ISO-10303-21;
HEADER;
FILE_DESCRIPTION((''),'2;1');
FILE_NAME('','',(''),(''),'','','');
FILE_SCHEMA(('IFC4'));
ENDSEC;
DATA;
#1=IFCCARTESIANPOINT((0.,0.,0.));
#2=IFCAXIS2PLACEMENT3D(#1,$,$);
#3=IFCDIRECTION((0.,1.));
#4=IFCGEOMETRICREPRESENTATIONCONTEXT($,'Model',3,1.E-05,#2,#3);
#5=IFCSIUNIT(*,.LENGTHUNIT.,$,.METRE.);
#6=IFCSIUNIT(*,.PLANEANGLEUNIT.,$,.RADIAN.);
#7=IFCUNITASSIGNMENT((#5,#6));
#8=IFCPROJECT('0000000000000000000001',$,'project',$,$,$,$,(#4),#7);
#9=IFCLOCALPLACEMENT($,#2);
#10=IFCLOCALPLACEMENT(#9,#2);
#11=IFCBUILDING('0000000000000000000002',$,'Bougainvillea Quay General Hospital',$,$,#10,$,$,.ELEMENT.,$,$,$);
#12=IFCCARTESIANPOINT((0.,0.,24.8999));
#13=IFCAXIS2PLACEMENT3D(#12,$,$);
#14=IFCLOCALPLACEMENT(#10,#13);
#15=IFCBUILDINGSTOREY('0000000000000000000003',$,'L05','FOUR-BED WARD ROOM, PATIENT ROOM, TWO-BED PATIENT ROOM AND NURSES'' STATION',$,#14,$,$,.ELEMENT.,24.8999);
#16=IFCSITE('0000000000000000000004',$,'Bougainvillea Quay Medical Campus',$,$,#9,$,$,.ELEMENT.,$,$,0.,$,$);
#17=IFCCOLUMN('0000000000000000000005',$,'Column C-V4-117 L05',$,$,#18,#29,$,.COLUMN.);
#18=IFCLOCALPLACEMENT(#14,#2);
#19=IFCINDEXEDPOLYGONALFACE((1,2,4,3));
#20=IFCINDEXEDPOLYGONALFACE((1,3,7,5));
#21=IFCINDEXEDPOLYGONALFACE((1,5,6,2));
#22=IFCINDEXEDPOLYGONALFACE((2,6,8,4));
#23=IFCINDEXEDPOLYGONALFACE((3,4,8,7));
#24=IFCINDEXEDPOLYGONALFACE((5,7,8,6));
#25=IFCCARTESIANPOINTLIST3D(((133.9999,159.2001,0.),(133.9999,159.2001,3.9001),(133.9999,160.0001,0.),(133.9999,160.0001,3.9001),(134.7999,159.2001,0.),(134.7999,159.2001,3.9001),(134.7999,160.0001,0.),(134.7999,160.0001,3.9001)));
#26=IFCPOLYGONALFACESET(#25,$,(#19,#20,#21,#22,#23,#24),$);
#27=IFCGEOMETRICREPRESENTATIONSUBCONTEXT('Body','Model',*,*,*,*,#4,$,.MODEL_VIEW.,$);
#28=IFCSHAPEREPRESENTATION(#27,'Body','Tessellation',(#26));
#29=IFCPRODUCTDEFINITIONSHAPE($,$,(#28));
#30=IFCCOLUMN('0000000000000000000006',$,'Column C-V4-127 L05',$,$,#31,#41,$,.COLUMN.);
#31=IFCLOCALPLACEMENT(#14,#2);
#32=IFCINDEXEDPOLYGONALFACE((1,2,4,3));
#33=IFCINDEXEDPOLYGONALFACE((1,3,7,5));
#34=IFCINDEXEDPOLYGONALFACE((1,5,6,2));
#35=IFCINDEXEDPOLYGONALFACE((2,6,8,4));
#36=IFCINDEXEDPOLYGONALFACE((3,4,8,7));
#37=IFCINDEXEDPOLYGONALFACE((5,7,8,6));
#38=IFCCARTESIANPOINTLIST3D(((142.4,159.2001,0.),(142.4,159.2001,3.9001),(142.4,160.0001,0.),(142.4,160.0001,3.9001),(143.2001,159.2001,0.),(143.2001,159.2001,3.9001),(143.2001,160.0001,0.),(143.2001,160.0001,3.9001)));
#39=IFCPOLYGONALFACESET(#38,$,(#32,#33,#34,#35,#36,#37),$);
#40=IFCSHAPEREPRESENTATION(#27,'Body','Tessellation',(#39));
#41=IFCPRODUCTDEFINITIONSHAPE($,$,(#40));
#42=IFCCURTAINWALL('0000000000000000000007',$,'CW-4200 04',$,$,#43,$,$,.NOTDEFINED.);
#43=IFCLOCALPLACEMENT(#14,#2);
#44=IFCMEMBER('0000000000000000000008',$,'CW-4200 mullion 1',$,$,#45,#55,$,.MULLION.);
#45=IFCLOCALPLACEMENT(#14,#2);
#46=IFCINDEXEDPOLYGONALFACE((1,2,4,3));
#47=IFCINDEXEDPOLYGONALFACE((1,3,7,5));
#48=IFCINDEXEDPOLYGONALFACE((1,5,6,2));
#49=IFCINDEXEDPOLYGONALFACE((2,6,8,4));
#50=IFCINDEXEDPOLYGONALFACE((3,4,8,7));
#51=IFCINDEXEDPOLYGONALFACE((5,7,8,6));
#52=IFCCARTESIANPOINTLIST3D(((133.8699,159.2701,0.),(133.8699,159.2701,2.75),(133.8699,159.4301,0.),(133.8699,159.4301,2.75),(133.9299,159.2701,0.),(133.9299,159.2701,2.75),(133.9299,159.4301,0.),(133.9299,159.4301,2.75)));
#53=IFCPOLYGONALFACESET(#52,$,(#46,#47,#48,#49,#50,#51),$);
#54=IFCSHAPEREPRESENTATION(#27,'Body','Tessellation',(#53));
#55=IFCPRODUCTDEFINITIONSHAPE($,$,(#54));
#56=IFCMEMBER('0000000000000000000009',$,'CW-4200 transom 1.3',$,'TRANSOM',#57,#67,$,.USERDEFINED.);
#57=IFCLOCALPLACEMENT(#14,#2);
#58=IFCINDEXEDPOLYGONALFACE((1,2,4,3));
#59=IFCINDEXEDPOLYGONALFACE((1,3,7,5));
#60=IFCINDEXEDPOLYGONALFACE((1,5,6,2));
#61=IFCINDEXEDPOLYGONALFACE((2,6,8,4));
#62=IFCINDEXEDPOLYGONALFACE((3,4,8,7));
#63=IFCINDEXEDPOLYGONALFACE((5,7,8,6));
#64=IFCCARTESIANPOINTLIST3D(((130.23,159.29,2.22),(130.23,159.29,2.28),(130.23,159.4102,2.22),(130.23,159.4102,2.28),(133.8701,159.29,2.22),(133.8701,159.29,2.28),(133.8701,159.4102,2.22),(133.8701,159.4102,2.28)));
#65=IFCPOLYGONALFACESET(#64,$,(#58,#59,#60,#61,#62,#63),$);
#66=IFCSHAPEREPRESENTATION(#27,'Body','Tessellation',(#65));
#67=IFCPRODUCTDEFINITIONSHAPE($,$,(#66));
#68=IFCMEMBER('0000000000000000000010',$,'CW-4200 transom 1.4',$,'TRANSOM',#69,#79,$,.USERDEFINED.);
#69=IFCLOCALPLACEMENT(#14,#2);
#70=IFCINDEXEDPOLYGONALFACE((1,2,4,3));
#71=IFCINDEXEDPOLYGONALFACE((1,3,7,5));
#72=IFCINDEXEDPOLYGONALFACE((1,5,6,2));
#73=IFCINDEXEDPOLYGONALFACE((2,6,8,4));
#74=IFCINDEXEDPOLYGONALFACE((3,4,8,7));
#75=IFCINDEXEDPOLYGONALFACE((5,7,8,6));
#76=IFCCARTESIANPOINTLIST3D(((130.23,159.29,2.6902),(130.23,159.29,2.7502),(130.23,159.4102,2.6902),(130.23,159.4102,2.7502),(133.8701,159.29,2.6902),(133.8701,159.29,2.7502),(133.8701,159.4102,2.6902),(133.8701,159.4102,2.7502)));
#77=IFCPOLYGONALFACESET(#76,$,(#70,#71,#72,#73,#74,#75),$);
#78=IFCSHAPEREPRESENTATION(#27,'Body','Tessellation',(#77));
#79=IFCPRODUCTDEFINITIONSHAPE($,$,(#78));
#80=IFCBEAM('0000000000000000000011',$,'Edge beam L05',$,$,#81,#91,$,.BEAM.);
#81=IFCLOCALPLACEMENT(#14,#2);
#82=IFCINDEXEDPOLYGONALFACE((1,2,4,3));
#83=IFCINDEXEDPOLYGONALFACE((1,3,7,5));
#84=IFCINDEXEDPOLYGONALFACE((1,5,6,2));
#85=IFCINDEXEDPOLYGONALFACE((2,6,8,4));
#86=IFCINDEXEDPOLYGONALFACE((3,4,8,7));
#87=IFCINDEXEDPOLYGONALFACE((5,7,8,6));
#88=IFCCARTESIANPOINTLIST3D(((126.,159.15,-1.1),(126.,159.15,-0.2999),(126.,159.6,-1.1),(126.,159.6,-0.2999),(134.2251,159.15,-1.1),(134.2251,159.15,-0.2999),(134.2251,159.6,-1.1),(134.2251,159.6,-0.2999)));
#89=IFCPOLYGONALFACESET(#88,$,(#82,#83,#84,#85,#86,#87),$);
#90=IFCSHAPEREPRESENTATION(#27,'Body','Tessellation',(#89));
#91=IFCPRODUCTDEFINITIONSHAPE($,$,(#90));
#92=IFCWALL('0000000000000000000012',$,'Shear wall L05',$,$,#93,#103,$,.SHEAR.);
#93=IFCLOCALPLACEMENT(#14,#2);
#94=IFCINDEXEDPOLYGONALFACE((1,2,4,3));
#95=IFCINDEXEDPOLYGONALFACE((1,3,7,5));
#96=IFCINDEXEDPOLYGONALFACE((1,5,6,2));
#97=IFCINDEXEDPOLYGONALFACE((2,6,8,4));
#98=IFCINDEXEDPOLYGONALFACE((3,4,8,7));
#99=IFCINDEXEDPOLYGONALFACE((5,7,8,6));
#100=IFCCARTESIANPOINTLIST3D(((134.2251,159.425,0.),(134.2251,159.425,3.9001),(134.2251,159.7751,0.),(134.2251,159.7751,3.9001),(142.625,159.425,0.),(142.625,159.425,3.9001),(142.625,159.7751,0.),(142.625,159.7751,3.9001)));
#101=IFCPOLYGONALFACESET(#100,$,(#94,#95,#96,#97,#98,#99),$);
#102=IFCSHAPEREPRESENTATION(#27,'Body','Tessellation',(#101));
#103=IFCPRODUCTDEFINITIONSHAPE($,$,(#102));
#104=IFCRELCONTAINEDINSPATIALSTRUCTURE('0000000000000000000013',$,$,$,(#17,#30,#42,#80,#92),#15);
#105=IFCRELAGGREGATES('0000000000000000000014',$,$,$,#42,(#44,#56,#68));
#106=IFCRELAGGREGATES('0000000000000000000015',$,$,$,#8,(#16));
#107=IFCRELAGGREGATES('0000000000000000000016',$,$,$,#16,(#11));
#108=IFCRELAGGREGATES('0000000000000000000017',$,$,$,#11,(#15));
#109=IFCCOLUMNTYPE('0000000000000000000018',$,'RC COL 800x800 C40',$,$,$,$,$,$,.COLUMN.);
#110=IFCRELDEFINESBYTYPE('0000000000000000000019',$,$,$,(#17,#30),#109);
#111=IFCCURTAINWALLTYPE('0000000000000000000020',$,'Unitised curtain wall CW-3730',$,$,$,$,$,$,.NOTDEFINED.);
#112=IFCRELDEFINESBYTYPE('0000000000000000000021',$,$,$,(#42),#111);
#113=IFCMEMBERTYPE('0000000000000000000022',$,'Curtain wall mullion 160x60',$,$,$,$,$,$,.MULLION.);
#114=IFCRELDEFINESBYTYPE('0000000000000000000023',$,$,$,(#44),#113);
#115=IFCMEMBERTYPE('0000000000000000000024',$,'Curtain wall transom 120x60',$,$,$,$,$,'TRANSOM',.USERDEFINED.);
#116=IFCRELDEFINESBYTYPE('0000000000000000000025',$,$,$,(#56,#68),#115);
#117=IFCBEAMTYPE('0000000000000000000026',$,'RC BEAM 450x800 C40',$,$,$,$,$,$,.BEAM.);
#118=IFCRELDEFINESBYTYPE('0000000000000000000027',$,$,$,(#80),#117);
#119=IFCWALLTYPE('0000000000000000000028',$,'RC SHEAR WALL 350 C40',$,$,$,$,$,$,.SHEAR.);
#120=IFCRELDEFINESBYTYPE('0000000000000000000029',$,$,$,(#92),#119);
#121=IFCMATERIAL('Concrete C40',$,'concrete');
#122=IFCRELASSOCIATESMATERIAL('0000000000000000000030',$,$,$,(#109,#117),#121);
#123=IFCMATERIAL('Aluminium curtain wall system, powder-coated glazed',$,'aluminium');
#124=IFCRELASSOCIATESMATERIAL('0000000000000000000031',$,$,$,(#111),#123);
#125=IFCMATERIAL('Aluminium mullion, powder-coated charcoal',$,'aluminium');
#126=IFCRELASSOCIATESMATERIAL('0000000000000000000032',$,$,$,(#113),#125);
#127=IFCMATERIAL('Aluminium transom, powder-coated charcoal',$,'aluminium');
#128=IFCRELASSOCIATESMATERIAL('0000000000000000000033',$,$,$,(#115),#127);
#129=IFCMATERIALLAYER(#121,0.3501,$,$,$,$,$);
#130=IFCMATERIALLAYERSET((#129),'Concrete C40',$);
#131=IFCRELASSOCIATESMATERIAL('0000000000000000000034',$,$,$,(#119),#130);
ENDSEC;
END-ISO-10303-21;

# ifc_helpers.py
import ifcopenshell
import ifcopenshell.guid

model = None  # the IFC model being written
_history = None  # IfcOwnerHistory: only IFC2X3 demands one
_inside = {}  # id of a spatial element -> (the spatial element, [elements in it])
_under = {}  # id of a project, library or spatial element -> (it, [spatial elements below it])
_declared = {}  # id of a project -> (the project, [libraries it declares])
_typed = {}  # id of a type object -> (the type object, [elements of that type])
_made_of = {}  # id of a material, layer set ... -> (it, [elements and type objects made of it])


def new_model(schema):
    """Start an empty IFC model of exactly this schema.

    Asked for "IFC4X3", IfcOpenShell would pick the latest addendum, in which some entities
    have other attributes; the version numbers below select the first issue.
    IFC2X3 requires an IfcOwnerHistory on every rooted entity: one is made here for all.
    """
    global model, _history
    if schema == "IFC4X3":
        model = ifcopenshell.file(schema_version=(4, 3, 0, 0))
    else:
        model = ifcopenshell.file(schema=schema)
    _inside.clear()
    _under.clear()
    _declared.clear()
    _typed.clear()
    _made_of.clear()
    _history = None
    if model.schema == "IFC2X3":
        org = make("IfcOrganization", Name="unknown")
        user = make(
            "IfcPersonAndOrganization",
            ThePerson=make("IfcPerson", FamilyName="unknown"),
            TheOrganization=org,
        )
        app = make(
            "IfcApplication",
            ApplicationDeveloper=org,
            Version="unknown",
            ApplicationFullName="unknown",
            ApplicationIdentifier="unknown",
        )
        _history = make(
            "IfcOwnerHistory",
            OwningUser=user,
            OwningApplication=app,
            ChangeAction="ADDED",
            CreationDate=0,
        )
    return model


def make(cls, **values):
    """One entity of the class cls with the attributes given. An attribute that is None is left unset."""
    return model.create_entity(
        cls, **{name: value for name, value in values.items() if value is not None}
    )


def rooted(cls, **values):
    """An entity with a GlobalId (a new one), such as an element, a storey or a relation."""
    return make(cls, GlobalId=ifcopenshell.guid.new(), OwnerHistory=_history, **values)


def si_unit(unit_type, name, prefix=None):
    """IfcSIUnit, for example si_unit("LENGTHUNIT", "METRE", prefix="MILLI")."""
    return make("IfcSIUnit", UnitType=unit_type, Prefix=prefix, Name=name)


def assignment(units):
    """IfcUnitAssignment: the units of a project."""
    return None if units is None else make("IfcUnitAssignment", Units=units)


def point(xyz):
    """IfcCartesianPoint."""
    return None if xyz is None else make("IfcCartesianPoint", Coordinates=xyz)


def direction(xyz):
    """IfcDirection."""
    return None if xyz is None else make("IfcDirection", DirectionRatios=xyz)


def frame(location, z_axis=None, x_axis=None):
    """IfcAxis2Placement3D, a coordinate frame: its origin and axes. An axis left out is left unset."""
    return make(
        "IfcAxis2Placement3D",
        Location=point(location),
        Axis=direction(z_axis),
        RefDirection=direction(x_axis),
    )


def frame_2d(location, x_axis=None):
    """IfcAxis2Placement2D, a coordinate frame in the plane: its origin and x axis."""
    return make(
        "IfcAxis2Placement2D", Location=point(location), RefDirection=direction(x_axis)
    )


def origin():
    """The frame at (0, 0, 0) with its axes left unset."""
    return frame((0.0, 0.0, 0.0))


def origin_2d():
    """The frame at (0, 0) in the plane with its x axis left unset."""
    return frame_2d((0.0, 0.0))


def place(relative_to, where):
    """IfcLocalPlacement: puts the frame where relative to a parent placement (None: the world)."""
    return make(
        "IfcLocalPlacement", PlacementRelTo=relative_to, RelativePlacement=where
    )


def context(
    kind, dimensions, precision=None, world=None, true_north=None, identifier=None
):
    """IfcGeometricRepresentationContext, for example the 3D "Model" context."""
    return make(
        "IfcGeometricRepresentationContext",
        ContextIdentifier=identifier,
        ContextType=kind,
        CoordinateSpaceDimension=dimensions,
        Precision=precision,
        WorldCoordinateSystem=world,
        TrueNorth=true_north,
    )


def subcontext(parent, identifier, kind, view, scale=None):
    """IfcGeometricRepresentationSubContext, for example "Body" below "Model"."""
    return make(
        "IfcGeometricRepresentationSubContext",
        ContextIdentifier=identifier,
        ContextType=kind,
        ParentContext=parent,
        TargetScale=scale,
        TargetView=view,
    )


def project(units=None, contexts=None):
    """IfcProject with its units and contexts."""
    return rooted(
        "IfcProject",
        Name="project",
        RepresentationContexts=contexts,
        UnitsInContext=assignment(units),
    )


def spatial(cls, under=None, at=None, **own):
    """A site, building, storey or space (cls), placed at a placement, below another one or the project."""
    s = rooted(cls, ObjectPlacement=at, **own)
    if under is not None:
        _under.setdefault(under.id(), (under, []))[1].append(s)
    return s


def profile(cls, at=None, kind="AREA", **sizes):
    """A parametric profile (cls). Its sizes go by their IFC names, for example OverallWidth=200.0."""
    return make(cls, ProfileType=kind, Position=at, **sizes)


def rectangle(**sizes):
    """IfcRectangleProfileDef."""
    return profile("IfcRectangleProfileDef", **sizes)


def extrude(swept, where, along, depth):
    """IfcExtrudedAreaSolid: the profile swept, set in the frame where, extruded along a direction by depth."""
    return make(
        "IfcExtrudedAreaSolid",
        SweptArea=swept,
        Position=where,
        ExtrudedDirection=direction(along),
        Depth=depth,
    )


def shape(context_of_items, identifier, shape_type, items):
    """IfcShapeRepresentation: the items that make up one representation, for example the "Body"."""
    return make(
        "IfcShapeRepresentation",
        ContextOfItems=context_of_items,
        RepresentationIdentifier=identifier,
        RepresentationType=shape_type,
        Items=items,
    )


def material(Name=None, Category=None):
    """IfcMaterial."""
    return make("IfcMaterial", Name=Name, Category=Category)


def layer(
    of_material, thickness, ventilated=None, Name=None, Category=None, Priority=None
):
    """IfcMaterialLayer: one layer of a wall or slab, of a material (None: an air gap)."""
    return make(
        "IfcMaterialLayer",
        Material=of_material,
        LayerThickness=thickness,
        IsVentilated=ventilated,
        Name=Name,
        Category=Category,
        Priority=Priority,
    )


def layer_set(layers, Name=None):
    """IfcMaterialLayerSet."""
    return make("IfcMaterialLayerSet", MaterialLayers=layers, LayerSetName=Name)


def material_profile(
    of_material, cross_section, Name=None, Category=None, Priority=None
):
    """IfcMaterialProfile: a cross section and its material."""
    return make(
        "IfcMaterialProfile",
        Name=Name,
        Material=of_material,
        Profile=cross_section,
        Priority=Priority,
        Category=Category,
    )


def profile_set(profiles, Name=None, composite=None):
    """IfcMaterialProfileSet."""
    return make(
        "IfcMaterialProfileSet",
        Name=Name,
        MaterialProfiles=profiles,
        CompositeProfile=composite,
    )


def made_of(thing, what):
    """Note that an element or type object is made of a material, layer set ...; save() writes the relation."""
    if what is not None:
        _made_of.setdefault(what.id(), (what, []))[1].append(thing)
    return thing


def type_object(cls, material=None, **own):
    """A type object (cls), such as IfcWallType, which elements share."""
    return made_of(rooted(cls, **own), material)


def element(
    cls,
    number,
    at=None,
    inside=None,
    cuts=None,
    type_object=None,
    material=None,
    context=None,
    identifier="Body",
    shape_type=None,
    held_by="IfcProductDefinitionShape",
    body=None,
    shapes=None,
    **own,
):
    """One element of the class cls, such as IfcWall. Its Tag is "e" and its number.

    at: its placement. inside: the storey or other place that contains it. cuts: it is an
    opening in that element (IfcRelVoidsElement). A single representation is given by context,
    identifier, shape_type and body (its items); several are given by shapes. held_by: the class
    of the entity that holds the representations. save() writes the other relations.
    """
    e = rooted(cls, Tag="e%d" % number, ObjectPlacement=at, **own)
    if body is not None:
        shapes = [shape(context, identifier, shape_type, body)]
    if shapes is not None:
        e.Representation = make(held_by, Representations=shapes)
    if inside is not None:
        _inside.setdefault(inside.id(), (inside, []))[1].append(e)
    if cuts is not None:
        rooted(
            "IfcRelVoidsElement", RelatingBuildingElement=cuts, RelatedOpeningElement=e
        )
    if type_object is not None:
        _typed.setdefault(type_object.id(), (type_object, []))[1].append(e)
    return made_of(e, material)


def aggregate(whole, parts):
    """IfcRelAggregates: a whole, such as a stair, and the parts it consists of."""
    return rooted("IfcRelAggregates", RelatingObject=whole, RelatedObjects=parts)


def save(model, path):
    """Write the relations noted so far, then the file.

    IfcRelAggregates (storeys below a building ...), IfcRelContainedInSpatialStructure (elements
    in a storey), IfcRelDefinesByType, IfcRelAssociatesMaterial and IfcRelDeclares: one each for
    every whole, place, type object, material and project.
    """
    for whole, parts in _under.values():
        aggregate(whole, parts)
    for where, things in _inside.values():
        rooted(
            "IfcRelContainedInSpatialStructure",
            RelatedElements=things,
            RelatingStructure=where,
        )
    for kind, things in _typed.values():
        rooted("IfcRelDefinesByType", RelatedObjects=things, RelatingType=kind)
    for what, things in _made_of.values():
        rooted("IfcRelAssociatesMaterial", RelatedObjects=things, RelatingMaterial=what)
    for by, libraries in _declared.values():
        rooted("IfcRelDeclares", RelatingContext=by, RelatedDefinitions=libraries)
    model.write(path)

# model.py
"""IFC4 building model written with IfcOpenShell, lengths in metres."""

from ifc_helpers import new_model, si_unit, direction, frame, frame_2d, origin, origin_2d, place, context, subcontext, project, spatial, rectangle, extrude, material, layer, layer_set, material_profile, profile_set, type_object, element, aggregate, save


model = new_model("IFC4")

# Units and contexts
model_context = context("Model", 3, precision=1e-05, world=origin(), true_north=direction((0.0, 1.0)))
body_context = subcontext(model_context, "Body", "Model", "MODEL_VIEW")
ifc_project = project(units=[si_unit("LENGTHUNIT", "METRE"), si_unit("PLANEANGLEUNIT", "RADIAN")], contexts=[model_context])

# Site, building, storey
site_placement = place(None, origin())
site = spatial("IfcSite", under=ifc_project, at=site_placement, Name="Bougainvillea Quay Medical Campus", CompositionType="ELEMENT", RefElevation=0.0)
building_placement = place(site_placement, origin())
building = spatial("IfcBuilding", under=site, at=building_placement, Name="Bougainvillea Quay General Hospital", CompositionType="ELEMENT")
storey_placement = place(building_placement, frame((0.0, 0.0, 24.8999)))
storey = spatial("IfcBuildingStorey", under=building, at=storey_placement, Name="L05", Description="FOUR-BED WARD ROOM, PATIENT ROOM, TWO-BED PATIENT ROOM AND NURSES' STATION", CompositionType="ELEMENT", Elevation=24.8999)

# Columns
ifc_material_1 = material(Name="Concrete C40", Category="concrete")
ifc_material_profile_1 = material_profile(ifc_material_1, rectangle(XDim=0.8, YDim=0.8, at=origin_2d()))
ifc_profile_set_1 = profile_set([ifc_material_profile_1], Name="Concrete C40")
column_type = type_object("IfcColumnType", Name="RC COL 800x800 C40", PredefinedType="COLUMN", material=ifc_profile_set_1)
for number, where, z_axis, x_axis, name in (
    (1, (134.3999, 159.6001, 0.0), (0.0, 0.0, 1.0), (1.0, 0.0, 0.0), "Column C-V4-117 L05"),
    (2, (142.8, 159.6001, 0.0), (0.0, 0.0, 1.0), (1.0, 0.0, 0.0), "Column C-V4-127 L05"),
):
    element("IfcColumn", number, at=place(storey_placement, frame(where, z_axis=z_axis, x_axis=x_axis)), inside=storey, type_object=column_type, Name=name, PredefinedType="COLUMN", context=body_context, shape_type="SweptSolid", body=[
        extrude(rectangle(XDim=0.8, YDim=0.8, at=origin_2d()), origin(), (0.0, 0.0, 1.0), 3.9001),
    ])

# Curtain wall, members
ifc_material_2 = material(Name="Aluminium curtain wall system, powder-coated glazed", Category="aluminium")
curtain_wall_type = type_object("IfcCurtainWallType", Name="Unitised curtain wall CW-3730", PredefinedType="NOTDEFINED", material=ifc_material_2)
curtain_wall_placement = place(storey_placement, origin())
curtain_wall = element("IfcCurtainWall", 3, at=curtain_wall_placement, inside=storey, type_object=curtain_wall_type, Name="CW-4200 04", PredefinedType="NOTDEFINED")
ifc_material_3 = material(Name="Aluminium mullion, powder-coated charcoal", Category="aluminium")
ifc_material_profile_2 = material_profile(ifc_material_3, rectangle(XDim=0.1599, YDim=0.0601, at=origin_2d()))
ifc_profile_set_2 = profile_set([ifc_material_profile_2], Name="Aluminium mullion, powder-coated charcoal")
member_type_1 = type_object("IfcMemberType", Name="Curtain wall mullion 160x60", PredefinedType="MULLION", material=ifc_profile_set_2)
member_1_placement = place(storey_placement, frame((133.8999, 159.3501, 0.0), z_axis=(0.0, 0.0, 1.0), x_axis=(0.0, -1.0, 0.0)))
member_1 = element("IfcMember", 4, at=member_1_placement, type_object=member_type_1, Name="CW-4200 mullion 1", PredefinedType="MULLION", context=body_context, shape_type="SweptSolid", body=[
    extrude(rectangle(XDim=0.1599, YDim=0.0601, at=origin_2d()), origin(), (0.0, 0.0, 1.0), 2.75),
])
ifc_material_4 = material(Name="Aluminium transom, powder-coated charcoal", Category="aluminium")
ifc_material_profile_3 = material_profile(ifc_material_4, rectangle(XDim=0.1201, YDim=0.0601, at=origin_2d()))
ifc_profile_set_3 = profile_set([ifc_material_profile_3], Name="Aluminium transom, powder-coated charcoal")
member_type_2 = type_object("IfcMemberType", Name="Curtain wall transom 120x60", ElementType="TRANSOM", PredefinedType="USERDEFINED", material=ifc_profile_set_3)
member_2_placement = place(storey_placement, frame((133.8701, 159.3501, 2.25), z_axis=(-1.0, 0.0, 0.0), x_axis=(0.0, -1.0, 0.0)))
member_2 = element("IfcMember", 5, at=member_2_placement, type_object=member_type_2, Name="CW-4200 transom 1.3", ObjectType="TRANSOM", PredefinedType="USERDEFINED", context=body_context, shape_type="SweptSolid", body=[
    extrude(rectangle(XDim=0.1201, YDim=0.0601, at=origin_2d()), origin(), (0.0, 0.0, 1.0), 3.6401),
])
member_3_placement = place(storey_placement, frame((133.8701, 159.3501, 2.7202), z_axis=(-1.0, 0.0, 0.0), x_axis=(0.0, -1.0, 0.0)))
member_3 = element("IfcMember", 6, at=member_3_placement, type_object=member_type_2, Name="CW-4200 transom 1.4", ObjectType="TRANSOM", PredefinedType="USERDEFINED", context=body_context, shape_type="SweptSolid", body=[
    extrude(rectangle(XDim=0.1201, YDim=0.0601, at=origin_2d()), origin(), (0.0, 0.0, 1.0), 3.6401),
])
aggregate(curtain_wall, [member_1, member_2, member_3])

# Beam
ifc_material_profile_4 = material_profile(ifc_material_1, rectangle(XDim=0.45, YDim=0.8, at=origin_2d()))
ifc_profile_set_4 = profile_set([ifc_material_profile_4], Name="Concrete C40")
beam_type = type_object("IfcBeamType", Name="RC BEAM 450x800 C40", PredefinedType="BEAM", material=ifc_profile_set_4)
beam_placement = place(storey_placement, frame((134.2251, 159.375, -0.7), z_axis=(-1.0, 0.0, 0.0), x_axis=(0.0, -1.0, 0.0)))
element("IfcBeam", 7, at=beam_placement, inside=storey, type_object=beam_type, Name="Edge beam L05", PredefinedType="BEAM", context=body_context, shape_type="SweptSolid", body=[
    extrude(rectangle(XDim=0.45, YDim=0.8, at=origin_2d()), origin(), (0.0, 0.0, 1.0), 8.2251),
])

# Wall
ifc_layer_1 = layer(ifc_material_1, 0.3501)
ifc_layer_set_1 = layer_set([ifc_layer_1], Name="Concrete C40")
wall_type = type_object("IfcWallType", Name="RC SHEAR WALL 350 C40", PredefinedType="SHEAR", material=ifc_layer_set_1)
wall_placement = place(storey_placement, frame((134.2251, 159.6001, 0.0), z_axis=(0.0, 0.0, 1.0), x_axis=(1.0, 0.0, 0.0)))
element("IfcWall", 8, at=wall_placement, inside=storey, type_object=wall_type, Name="Shear wall L05", PredefinedType="SHEAR", context=body_context, shape_type="SweptSolid", body=[
    extrude(rectangle(XDim=8.3999, YDim=0.3501, at=frame_2d((4.2, 0.0))), origin(), (0.0, 0.0, 1.0), 3.9001),
])

save(model, "model.ifc")
